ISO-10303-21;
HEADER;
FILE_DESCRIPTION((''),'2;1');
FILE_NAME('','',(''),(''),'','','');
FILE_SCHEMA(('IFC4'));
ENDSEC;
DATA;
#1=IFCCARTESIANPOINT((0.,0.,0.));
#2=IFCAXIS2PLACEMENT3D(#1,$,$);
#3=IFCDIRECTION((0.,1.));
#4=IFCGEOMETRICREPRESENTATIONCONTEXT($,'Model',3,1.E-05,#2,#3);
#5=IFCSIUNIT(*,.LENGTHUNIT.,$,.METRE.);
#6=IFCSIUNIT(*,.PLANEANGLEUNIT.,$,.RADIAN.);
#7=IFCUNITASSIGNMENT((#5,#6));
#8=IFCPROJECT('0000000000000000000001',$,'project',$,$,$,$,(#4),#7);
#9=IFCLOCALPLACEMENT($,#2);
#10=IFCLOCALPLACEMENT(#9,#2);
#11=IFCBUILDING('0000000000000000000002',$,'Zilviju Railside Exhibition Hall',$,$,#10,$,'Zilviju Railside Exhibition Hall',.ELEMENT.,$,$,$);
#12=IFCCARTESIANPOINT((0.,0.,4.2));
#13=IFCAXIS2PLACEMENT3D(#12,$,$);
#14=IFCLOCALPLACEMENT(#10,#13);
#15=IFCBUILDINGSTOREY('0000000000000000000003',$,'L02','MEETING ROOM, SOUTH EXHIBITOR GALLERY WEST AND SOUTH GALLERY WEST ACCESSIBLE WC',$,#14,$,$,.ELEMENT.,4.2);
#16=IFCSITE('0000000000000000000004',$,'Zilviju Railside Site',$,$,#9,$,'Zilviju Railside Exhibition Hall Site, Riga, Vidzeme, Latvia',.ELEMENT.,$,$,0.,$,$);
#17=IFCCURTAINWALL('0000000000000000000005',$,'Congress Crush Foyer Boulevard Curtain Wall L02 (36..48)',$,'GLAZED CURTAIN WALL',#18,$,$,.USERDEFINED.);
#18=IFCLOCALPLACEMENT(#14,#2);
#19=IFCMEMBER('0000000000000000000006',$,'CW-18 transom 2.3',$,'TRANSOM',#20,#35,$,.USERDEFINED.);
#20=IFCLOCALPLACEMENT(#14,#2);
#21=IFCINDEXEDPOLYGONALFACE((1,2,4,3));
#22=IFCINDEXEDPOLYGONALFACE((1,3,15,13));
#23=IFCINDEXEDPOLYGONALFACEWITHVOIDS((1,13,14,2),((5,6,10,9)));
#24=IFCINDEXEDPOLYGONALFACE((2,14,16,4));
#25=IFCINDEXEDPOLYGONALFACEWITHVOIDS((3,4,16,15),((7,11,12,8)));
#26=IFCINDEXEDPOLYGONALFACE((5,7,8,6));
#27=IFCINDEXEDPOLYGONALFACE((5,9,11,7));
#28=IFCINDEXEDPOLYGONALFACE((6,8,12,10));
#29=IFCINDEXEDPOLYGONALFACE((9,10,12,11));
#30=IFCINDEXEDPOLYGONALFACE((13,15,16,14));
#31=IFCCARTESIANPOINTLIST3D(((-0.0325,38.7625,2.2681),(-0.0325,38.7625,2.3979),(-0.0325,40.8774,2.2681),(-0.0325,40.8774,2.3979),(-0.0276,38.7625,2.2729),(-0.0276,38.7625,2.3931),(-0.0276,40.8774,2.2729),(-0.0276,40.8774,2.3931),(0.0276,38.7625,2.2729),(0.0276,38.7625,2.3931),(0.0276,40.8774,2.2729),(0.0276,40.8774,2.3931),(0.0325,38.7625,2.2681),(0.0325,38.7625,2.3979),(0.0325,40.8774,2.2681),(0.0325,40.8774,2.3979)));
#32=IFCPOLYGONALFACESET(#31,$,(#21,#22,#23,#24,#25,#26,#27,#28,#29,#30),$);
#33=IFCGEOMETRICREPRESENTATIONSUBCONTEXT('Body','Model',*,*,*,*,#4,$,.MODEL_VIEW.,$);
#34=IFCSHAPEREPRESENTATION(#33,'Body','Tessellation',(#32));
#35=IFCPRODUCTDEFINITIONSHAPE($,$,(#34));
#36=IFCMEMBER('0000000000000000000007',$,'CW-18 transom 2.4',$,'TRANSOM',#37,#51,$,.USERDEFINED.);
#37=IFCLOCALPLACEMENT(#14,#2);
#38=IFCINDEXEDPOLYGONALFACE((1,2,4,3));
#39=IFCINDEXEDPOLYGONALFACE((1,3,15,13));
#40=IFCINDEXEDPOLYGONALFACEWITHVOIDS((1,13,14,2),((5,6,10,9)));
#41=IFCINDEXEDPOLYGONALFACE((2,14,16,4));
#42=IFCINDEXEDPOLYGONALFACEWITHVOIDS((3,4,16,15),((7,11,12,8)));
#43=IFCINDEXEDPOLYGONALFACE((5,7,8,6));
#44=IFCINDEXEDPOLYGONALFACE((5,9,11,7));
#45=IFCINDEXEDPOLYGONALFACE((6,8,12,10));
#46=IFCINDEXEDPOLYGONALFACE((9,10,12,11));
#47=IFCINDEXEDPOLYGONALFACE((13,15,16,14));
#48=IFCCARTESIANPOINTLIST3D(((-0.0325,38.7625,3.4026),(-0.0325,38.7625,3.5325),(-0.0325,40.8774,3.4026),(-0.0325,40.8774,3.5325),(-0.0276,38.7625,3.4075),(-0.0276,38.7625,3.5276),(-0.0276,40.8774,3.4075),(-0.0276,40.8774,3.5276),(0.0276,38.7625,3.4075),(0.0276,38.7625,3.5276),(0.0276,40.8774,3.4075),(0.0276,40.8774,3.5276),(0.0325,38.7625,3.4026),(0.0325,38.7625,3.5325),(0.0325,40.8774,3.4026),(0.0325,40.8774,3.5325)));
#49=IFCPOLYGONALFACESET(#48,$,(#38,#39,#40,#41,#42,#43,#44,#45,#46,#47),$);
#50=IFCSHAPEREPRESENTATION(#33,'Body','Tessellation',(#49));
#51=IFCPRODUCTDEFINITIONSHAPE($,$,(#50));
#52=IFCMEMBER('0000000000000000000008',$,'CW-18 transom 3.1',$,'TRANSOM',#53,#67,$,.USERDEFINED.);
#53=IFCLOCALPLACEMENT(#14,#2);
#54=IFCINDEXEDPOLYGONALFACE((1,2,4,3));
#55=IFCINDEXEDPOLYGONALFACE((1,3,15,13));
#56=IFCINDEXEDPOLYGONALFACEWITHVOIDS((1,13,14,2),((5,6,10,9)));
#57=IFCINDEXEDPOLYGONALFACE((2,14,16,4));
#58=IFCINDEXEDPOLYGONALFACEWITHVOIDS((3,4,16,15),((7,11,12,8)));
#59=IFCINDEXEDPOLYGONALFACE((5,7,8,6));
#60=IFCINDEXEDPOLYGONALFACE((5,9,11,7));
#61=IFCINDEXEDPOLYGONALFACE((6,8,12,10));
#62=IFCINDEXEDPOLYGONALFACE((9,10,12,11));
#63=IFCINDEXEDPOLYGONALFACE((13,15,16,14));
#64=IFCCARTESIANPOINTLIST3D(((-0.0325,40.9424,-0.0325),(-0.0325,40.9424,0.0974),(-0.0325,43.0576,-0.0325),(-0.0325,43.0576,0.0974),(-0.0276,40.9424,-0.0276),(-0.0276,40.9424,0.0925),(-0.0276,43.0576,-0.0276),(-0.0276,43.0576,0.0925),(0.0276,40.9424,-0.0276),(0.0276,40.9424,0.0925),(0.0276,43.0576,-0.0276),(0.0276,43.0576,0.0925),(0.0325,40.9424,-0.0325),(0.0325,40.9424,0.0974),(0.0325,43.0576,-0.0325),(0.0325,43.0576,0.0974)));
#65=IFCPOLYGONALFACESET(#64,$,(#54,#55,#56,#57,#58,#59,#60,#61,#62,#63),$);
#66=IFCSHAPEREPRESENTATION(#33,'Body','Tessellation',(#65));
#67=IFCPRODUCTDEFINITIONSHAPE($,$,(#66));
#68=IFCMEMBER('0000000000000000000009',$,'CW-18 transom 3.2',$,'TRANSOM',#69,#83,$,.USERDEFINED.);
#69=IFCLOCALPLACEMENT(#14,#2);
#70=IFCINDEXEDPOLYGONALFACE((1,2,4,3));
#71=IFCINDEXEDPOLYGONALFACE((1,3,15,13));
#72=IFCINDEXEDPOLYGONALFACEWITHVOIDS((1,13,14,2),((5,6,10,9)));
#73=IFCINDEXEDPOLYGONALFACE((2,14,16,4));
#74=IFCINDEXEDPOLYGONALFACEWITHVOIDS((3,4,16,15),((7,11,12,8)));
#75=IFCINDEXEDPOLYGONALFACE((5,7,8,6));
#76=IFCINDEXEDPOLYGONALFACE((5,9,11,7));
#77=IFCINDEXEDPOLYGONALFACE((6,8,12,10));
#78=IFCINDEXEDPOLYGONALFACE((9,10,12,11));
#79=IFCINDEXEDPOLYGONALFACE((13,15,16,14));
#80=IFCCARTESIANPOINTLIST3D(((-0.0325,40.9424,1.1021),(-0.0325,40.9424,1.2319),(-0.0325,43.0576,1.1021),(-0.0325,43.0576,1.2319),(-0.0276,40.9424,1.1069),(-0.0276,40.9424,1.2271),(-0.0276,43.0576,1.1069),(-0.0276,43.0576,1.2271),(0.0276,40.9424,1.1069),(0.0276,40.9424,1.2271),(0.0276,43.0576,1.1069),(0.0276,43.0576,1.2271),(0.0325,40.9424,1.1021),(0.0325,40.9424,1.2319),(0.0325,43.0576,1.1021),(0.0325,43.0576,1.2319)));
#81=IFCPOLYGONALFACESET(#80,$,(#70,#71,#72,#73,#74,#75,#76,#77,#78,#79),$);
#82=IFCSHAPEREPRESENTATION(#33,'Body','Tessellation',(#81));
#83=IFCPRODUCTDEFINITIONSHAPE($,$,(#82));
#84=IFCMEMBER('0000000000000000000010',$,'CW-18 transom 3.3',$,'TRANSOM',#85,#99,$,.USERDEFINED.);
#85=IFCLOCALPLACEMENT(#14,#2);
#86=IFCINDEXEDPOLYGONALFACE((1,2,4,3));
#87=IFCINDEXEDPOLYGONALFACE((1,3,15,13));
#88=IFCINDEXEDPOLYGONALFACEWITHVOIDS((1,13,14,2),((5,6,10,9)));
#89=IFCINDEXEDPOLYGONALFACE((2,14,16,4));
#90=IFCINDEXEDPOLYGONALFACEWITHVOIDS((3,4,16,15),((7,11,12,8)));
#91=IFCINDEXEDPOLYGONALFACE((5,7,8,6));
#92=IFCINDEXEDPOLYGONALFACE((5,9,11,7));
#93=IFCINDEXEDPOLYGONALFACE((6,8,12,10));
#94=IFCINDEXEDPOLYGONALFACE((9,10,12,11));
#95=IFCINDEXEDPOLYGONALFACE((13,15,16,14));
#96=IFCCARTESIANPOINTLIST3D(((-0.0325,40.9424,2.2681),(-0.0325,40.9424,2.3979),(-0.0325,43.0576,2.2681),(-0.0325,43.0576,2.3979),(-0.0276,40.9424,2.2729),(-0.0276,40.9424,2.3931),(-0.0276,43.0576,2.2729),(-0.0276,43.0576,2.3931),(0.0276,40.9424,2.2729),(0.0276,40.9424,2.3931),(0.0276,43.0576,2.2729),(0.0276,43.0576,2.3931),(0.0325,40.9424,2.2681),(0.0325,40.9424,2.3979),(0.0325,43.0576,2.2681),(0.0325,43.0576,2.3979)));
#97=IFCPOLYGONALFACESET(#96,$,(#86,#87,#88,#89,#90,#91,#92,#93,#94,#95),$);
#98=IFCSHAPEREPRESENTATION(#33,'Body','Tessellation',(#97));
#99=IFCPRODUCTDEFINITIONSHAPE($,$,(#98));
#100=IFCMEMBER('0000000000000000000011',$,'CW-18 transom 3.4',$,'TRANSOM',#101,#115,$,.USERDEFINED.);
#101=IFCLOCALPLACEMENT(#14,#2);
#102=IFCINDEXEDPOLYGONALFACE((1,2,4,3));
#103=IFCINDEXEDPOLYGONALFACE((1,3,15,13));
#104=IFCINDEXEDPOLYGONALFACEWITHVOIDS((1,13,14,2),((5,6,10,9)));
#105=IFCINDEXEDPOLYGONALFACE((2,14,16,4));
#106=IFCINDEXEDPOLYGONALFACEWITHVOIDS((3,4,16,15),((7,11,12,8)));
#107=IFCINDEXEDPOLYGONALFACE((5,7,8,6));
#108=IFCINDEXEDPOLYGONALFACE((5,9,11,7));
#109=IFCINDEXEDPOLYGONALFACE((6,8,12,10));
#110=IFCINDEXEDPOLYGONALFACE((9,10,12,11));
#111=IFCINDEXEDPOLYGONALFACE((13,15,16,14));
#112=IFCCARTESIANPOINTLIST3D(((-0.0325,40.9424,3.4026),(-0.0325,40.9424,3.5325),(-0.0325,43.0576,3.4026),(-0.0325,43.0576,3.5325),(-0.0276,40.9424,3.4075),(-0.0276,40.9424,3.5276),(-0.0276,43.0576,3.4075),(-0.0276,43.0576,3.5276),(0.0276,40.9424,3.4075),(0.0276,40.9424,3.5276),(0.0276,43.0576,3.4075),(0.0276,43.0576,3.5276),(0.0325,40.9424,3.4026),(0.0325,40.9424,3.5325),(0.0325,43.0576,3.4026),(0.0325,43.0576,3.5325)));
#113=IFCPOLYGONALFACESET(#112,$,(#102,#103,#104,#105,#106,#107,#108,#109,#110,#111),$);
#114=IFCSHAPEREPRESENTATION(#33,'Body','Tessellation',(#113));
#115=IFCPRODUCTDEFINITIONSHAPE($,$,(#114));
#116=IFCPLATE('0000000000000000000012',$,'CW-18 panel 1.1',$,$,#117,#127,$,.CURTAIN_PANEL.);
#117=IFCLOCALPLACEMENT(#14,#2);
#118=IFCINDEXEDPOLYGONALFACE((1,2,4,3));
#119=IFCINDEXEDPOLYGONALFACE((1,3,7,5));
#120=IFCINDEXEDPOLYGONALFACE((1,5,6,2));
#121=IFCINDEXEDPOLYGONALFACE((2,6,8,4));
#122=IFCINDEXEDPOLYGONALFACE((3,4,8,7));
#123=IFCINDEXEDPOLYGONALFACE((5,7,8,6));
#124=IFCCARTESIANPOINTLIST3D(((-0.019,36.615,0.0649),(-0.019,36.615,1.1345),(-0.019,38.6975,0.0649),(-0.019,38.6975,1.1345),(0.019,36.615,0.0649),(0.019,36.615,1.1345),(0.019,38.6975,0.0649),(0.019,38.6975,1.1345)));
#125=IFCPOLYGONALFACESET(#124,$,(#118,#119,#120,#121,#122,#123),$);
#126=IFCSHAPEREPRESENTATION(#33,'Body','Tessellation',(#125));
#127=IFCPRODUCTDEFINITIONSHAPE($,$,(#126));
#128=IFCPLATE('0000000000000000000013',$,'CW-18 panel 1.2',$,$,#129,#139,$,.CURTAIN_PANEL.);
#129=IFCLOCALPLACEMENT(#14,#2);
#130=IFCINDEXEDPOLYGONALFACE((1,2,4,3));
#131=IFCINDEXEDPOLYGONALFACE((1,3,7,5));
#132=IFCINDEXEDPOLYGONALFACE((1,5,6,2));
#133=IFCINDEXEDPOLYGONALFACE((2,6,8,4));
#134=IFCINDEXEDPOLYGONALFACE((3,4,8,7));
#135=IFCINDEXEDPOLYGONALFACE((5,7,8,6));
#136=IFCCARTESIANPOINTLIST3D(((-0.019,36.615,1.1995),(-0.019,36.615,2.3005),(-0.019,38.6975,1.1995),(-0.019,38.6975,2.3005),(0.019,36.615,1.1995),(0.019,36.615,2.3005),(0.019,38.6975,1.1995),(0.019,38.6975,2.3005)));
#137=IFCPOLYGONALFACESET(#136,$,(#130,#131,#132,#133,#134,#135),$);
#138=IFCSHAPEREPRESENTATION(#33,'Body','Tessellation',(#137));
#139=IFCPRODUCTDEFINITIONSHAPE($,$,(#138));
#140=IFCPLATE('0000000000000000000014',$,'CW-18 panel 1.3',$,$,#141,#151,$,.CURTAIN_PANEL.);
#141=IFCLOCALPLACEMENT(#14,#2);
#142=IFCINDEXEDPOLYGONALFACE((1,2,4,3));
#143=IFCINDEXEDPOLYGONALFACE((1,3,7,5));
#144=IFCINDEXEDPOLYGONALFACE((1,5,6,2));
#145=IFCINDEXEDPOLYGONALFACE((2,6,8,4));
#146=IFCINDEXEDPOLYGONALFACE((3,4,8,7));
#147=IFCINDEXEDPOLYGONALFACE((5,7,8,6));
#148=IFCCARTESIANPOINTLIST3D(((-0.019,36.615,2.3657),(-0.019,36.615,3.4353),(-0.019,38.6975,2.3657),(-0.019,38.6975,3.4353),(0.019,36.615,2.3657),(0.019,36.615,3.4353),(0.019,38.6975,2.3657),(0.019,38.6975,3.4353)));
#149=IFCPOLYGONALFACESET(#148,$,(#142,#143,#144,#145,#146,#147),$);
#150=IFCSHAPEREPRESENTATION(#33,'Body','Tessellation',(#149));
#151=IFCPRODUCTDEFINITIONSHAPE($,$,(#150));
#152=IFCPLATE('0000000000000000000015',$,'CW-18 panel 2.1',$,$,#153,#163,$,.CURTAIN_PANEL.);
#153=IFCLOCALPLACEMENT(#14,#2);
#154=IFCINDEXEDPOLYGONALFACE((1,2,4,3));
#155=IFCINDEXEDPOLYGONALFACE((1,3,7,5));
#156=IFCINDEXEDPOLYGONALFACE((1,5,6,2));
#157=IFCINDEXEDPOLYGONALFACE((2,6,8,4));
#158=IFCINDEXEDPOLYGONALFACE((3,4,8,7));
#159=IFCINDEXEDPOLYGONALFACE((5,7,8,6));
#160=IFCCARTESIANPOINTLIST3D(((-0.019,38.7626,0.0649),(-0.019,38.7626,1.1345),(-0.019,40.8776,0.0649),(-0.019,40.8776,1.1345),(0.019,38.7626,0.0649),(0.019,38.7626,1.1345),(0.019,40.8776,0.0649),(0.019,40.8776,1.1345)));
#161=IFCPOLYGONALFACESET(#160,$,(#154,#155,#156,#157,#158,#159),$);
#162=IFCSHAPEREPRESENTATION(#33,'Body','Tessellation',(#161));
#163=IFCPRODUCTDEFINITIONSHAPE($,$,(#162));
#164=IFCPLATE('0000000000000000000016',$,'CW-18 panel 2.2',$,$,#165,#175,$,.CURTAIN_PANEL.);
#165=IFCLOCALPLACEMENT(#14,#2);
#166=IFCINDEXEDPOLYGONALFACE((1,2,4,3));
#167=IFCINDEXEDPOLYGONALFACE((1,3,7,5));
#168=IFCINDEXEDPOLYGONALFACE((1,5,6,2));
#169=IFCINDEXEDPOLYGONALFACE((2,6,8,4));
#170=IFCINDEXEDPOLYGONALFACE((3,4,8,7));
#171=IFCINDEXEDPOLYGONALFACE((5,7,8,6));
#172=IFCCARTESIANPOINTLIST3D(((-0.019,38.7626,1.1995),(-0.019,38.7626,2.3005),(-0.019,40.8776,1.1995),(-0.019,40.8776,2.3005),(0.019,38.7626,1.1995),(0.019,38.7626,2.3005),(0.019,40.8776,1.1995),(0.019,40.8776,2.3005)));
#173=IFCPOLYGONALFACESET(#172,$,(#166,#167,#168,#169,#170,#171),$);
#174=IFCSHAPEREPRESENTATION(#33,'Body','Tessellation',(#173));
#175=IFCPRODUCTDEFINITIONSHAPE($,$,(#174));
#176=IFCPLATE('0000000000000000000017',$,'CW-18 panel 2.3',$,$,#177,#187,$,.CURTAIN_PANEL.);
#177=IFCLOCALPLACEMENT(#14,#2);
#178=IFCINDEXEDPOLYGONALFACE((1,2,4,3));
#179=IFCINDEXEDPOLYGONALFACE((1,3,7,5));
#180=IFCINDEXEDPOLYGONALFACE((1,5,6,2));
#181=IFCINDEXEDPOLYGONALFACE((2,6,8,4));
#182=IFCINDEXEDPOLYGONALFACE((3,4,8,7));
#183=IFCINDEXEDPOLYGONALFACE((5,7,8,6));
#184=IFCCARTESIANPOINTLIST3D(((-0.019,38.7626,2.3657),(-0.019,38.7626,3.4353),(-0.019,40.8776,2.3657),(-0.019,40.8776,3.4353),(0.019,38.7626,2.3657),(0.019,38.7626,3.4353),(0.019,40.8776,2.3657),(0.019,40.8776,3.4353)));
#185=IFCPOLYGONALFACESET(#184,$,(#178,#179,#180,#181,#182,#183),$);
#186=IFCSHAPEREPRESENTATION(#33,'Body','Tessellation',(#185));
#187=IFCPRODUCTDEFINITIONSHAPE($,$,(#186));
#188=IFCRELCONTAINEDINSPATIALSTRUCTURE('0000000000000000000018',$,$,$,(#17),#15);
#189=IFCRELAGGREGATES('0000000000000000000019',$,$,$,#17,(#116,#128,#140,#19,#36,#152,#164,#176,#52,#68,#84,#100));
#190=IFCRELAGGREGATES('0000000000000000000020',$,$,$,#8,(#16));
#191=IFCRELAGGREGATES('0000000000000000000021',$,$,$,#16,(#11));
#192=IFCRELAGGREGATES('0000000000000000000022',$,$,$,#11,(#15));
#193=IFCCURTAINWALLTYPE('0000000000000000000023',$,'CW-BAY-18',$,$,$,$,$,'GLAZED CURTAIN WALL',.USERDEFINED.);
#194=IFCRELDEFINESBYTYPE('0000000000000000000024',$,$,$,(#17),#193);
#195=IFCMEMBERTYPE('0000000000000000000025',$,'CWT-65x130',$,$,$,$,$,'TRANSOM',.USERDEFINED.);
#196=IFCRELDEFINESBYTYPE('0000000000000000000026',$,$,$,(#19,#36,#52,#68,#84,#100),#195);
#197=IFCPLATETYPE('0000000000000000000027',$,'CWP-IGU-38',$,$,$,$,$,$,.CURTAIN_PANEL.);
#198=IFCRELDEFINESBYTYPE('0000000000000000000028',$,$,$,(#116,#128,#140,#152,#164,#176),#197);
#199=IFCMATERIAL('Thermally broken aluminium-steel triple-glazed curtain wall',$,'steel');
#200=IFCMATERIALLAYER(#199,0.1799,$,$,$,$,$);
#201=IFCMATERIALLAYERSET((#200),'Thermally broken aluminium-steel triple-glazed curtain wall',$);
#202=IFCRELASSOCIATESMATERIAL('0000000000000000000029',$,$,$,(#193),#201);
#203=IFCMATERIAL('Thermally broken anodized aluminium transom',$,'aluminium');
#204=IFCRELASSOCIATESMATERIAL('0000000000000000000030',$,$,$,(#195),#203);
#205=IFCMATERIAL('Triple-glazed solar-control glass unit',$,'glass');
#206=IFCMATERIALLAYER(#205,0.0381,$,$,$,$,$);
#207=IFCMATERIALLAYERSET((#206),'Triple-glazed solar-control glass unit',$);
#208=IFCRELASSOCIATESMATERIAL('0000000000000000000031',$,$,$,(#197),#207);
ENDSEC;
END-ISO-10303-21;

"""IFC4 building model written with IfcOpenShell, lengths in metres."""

from ifc_helpers import new_model, si_unit, direction, frame, origin, origin_2d, place, context, subcontext, project, spatial, rectangle, hollow_rectangle, extrude, material, layer, layer_set, material_profile, profile_set, type_object, element, aggregate, save


model = new_model("IFC4")

# Units and contexts
model_context = context("Model", 3, precision=1e-05, world=origin(), true_north=direction((0.0, 1.0)))
body_context = subcontext(model_context, "Body", "Model", "MODEL_VIEW")
ifc_project = project(units=[si_unit("LENGTHUNIT", "METRE"), si_unit("PLANEANGLEUNIT", "RADIAN")], contexts=[model_context])

# Site, building, storey
site_placement = place(None, origin())
site = spatial("IfcSite", under=ifc_project, at=site_placement, Name="Zilviju Railside Site", LongName="Zilviju Railside Exhibition Hall Site, Riga, Vidzeme, Latvia", CompositionType="ELEMENT", RefElevation=0.0)
building_placement = place(site_placement, origin())
building = spatial("IfcBuilding", under=site, at=building_placement, Name="Zilviju Railside Exhibition Hall", LongName="Zilviju Railside Exhibition Hall", CompositionType="ELEMENT")
storey_placement = place(building_placement, frame((0.0, 0.0, 4.2)))
storey = spatial("IfcBuildingStorey", under=building, at=storey_placement, Name="L02", Description="MEETING ROOM, SOUTH EXHIBITOR GALLERY WEST AND SOUTH GALLERY WEST ACCESSIBLE WC", CompositionType="ELEMENT", Elevation=4.2)

# Curtain wall, members, plates
ifc_material_1 = material(Name="Thermally broken aluminium-steel triple-glazed curtain wall", Category="steel")
ifc_layer_1 = layer(ifc_material_1, 0.1799)
ifc_layer_set_1 = layer_set([ifc_layer_1], Name="Thermally broken aluminium-steel triple-glazed curtain wall")
curtain_wall_type = type_object("IfcCurtainWallType", Name="CW-BAY-18", ElementType="GLAZED CURTAIN WALL", PredefinedType="USERDEFINED", material=ifc_layer_set_1)
curtain_wall_placement = place(storey_placement, origin())
curtain_wall = element("IfcCurtainWall", 1, at=curtain_wall_placement, inside=storey, type_object=curtain_wall_type, Name="Congress Crush Foyer Boulevard Curtain Wall L02 (36..48)", ObjectType="GLAZED CURTAIN WALL", PredefinedType="USERDEFINED")
ifc_material_2 = material(Name="Thermally broken anodized aluminium transom", Category="aluminium")
ifc_material_profile_1 = material_profile(ifc_material_2, hollow_rectangle(XDim=0.0649, YDim=0.1299, WallThickness=0.0049, at=origin_2d()), Name="TRANSOM 130x65x5")
ifc_profile_set_1 = profile_set([ifc_material_profile_1], Name="Thermally broken anodized aluminium transom")
member_type_1 = type_object("IfcMemberType", Name="CWT-65x130", ElementType="TRANSOM", PredefinedType="USERDEFINED", material=ifc_profile_set_1)
member_1_placement = place(storey_placement, frame((0.0, 38.7625, 2.333), z_axis=(0.0, 1.0, 0.0), x_axis=(-1.0, 0.0, 0.0)))
member_1 = element("IfcMember", 2, at=member_1_placement, type_object=member_type_1, Name="CW-18 transom 2.3", ObjectType="TRANSOM", PredefinedType="USERDEFINED", context=body_context, shape_type="SweptSolid", body=[
    extrude(hollow_rectangle(XDim=0.0649, YDim=0.1299, WallThickness=0.0049, at=origin_2d()), origin(), (0.0, 0.0, 1.0), 2.115),
])
member_2_placement = place(storey_placement, frame((0.0, 38.7625, 3.4675), z_axis=(0.0, 1.0, 0.0), x_axis=(-1.0, 0.0, 0.0)))
member_2 = element("IfcMember", 3, at=member_2_placement, type_object=member_type_1, Name="CW-18 transom 2.4", ObjectType="TRANSOM", PredefinedType="USERDEFINED", context=body_context, shape_type="SweptSolid", body=[
    extrude(hollow_rectangle(XDim=0.0649, YDim=0.1299, WallThickness=0.0049, at=origin_2d()), origin(), (0.0, 0.0, 1.0), 2.115),
])
member_3_placement = place(storey_placement, frame((0.0, 40.9424, 0.0325), z_axis=(0.0, 1.0, 0.0), x_axis=(-1.0, 0.0, 0.0)))
member_3 = element("IfcMember", 4, at=member_3_placement, type_object=member_type_1, Name="CW-18 transom 3.1", ObjectType="TRANSOM", PredefinedType="USERDEFINED", context=body_context, shape_type="SweptSolid", body=[
    extrude(hollow_rectangle(XDim=0.0649, YDim=0.1299, WallThickness=0.0049, at=origin_2d()), origin(), (0.0, 0.0, 1.0), 2.1152),
])
member_4_placement = place(storey_placement, frame((0.0, 40.9424, 1.167), z_axis=(0.0, 1.0, 0.0), x_axis=(-1.0, 0.0, 0.0)))
member_4 = element("IfcMember", 5, at=member_4_placement, type_object=member_type_1, Name="CW-18 transom 3.2", ObjectType="TRANSOM", PredefinedType="USERDEFINED", context=body_context, shape_type="SweptSolid", body=[
    extrude(hollow_rectangle(XDim=0.0649, YDim=0.1299, WallThickness=0.0049, at=origin_2d()), origin(), (0.0, 0.0, 1.0), 2.1152),
])
member_5_placement = place(storey_placement, frame((0.0, 40.9424, 2.333), z_axis=(0.0, 1.0, 0.0), x_axis=(-1.0, 0.0, 0.0)))
member_5 = element("IfcMember", 6, at=member_5_placement, type_object=member_type_1, Name="CW-18 transom 3.3", ObjectType="TRANSOM", PredefinedType="USERDEFINED", context=body_context, shape_type="SweptSolid", body=[
    extrude(hollow_rectangle(XDim=0.0649, YDim=0.1299, WallThickness=0.0049, at=origin_2d()), origin(), (0.0, 0.0, 1.0), 2.1152),
])
member_6_placement = place(storey_placement, frame((0.0, 40.9424, 3.4675), z_axis=(0.0, 1.0, 0.0), x_axis=(-1.0, 0.0, 0.0)))
member_6 = element("IfcMember", 7, at=member_6_placement, type_object=member_type_1, Name="CW-18 transom 3.4", ObjectType="TRANSOM", PredefinedType="USERDEFINED", context=body_context, shape_type="SweptSolid", body=[
    extrude(hollow_rectangle(XDim=0.0649, YDim=0.1299, WallThickness=0.0049, at=origin_2d()), origin(), (0.0, 0.0, 1.0), 2.1152),
])
ifc_material_3 = material(Name="Triple-glazed solar-control glass unit", Category="glass")
ifc_layer_2 = layer(ifc_material_3, 0.0381)
ifc_layer_set_2 = layer_set([ifc_layer_2], Name="Triple-glazed solar-control glass unit")
plate_type = type_object("IfcPlateType", Name="CWP-IGU-38", PredefinedType="CURTAIN_PANEL", material=ifc_layer_set_2)
plate_1_placement = place(storey_placement, frame((0.0, 37.6562, 0.0649), z_axis=(0.0, 0.0, 1.0), x_axis=(0.0, 1.0, 0.0)))
plate_1 = element("IfcPlate", 8, at=plate_1_placement, type_object=plate_type, Name="CW-18 panel 1.1", PredefinedType="CURTAIN_PANEL", context=body_context, shape_type="SweptSolid", body=[
    extrude(rectangle(XDim=2.0825, YDim=0.0381, at=origin_2d()), origin(), (0.0, 0.0, 1.0), 1.0696),
])
plate_2_placement = place(storey_placement, frame((0.0, 37.6562, 1.1995), z_axis=(0.0, 0.0, 1.0), x_axis=(0.0, 1.0, 0.0)))
plate_2 = element("IfcPlate", 9, at=plate_2_placement, type_object=plate_type, Name="CW-18 panel 1.2", PredefinedType="CURTAIN_PANEL", context=body_context, shape_type="SweptSolid", body=[
    extrude(rectangle(XDim=2.0825, YDim=0.0381, at=origin_2d()), origin(), (0.0, 0.0, 1.0), 1.1011),
])
plate_3_placement = place(storey_placement, frame((0.0, 37.6562, 2.3657), z_axis=(0.0, 0.0, 1.0), x_axis=(0.0, 1.0, 0.0)))
plate_3 = element("IfcPlate", 10, at=plate_3_placement, type_object=plate_type, Name="CW-18 panel 1.3", PredefinedType="CURTAIN_PANEL", context=body_context, shape_type="SweptSolid", body=[
    extrude(rectangle(XDim=2.0825, YDim=0.0381, at=origin_2d()), origin(), (0.0, 0.0, 1.0), 1.0696),
])
plate_4_placement = place(storey_placement, frame((0.0, 39.8201, 0.0649), z_axis=(0.0, 0.0, 1.0), x_axis=(0.0, 1.0, 0.0)))
plate_4 = element("IfcPlate", 11, at=plate_4_placement, type_object=plate_type, Name="CW-18 panel 2.1", PredefinedType="CURTAIN_PANEL", context=body_context, shape_type="SweptSolid", body=[
    extrude(rectangle(XDim=2.115, YDim=0.0381, at=origin_2d()), origin(), (0.0, 0.0, 1.0), 1.0696),
])
plate_5_placement = place(storey_placement, frame((0.0, 39.8201, 1.1995), z_axis=(0.0, 0.0, 1.0), x_axis=(0.0, 1.0, 0.0)))
plate_5 = element("IfcPlate", 12, at=plate_5_placement, type_object=plate_type, Name="CW-18 panel 2.2", PredefinedType="CURTAIN_PANEL", context=body_context, shape_type="SweptSolid", body=[
    extrude(rectangle(XDim=2.115, YDim=0.0381, at=origin_2d()), origin(), (0.0, 0.0, 1.0), 1.1011),
])
plate_6_placement = place(storey_placement, frame((0.0, 39.8201, 2.3657), z_axis=(0.0, 0.0, 1.0), x_axis=(0.0, 1.0, 0.0)))
plate_6 = element("IfcPlate", 13, at=plate_6_placement, type_object=plate_type, Name="CW-18 panel 2.3", PredefinedType="CURTAIN_PANEL", context=body_context, shape_type="SweptSolid", body=[
    extrude(rectangle(XDim=2.115, YDim=0.0381, at=origin_2d()), origin(), (0.0, 0.0, 1.0), 1.0696),
])
aggregate(curtain_wall, [plate_1, plate_2, plate_3, member_1, member_2, plate_4, plate_5, plate_6, member_3, member_4, member_5, member_6])

save(model, "model.ifc")
